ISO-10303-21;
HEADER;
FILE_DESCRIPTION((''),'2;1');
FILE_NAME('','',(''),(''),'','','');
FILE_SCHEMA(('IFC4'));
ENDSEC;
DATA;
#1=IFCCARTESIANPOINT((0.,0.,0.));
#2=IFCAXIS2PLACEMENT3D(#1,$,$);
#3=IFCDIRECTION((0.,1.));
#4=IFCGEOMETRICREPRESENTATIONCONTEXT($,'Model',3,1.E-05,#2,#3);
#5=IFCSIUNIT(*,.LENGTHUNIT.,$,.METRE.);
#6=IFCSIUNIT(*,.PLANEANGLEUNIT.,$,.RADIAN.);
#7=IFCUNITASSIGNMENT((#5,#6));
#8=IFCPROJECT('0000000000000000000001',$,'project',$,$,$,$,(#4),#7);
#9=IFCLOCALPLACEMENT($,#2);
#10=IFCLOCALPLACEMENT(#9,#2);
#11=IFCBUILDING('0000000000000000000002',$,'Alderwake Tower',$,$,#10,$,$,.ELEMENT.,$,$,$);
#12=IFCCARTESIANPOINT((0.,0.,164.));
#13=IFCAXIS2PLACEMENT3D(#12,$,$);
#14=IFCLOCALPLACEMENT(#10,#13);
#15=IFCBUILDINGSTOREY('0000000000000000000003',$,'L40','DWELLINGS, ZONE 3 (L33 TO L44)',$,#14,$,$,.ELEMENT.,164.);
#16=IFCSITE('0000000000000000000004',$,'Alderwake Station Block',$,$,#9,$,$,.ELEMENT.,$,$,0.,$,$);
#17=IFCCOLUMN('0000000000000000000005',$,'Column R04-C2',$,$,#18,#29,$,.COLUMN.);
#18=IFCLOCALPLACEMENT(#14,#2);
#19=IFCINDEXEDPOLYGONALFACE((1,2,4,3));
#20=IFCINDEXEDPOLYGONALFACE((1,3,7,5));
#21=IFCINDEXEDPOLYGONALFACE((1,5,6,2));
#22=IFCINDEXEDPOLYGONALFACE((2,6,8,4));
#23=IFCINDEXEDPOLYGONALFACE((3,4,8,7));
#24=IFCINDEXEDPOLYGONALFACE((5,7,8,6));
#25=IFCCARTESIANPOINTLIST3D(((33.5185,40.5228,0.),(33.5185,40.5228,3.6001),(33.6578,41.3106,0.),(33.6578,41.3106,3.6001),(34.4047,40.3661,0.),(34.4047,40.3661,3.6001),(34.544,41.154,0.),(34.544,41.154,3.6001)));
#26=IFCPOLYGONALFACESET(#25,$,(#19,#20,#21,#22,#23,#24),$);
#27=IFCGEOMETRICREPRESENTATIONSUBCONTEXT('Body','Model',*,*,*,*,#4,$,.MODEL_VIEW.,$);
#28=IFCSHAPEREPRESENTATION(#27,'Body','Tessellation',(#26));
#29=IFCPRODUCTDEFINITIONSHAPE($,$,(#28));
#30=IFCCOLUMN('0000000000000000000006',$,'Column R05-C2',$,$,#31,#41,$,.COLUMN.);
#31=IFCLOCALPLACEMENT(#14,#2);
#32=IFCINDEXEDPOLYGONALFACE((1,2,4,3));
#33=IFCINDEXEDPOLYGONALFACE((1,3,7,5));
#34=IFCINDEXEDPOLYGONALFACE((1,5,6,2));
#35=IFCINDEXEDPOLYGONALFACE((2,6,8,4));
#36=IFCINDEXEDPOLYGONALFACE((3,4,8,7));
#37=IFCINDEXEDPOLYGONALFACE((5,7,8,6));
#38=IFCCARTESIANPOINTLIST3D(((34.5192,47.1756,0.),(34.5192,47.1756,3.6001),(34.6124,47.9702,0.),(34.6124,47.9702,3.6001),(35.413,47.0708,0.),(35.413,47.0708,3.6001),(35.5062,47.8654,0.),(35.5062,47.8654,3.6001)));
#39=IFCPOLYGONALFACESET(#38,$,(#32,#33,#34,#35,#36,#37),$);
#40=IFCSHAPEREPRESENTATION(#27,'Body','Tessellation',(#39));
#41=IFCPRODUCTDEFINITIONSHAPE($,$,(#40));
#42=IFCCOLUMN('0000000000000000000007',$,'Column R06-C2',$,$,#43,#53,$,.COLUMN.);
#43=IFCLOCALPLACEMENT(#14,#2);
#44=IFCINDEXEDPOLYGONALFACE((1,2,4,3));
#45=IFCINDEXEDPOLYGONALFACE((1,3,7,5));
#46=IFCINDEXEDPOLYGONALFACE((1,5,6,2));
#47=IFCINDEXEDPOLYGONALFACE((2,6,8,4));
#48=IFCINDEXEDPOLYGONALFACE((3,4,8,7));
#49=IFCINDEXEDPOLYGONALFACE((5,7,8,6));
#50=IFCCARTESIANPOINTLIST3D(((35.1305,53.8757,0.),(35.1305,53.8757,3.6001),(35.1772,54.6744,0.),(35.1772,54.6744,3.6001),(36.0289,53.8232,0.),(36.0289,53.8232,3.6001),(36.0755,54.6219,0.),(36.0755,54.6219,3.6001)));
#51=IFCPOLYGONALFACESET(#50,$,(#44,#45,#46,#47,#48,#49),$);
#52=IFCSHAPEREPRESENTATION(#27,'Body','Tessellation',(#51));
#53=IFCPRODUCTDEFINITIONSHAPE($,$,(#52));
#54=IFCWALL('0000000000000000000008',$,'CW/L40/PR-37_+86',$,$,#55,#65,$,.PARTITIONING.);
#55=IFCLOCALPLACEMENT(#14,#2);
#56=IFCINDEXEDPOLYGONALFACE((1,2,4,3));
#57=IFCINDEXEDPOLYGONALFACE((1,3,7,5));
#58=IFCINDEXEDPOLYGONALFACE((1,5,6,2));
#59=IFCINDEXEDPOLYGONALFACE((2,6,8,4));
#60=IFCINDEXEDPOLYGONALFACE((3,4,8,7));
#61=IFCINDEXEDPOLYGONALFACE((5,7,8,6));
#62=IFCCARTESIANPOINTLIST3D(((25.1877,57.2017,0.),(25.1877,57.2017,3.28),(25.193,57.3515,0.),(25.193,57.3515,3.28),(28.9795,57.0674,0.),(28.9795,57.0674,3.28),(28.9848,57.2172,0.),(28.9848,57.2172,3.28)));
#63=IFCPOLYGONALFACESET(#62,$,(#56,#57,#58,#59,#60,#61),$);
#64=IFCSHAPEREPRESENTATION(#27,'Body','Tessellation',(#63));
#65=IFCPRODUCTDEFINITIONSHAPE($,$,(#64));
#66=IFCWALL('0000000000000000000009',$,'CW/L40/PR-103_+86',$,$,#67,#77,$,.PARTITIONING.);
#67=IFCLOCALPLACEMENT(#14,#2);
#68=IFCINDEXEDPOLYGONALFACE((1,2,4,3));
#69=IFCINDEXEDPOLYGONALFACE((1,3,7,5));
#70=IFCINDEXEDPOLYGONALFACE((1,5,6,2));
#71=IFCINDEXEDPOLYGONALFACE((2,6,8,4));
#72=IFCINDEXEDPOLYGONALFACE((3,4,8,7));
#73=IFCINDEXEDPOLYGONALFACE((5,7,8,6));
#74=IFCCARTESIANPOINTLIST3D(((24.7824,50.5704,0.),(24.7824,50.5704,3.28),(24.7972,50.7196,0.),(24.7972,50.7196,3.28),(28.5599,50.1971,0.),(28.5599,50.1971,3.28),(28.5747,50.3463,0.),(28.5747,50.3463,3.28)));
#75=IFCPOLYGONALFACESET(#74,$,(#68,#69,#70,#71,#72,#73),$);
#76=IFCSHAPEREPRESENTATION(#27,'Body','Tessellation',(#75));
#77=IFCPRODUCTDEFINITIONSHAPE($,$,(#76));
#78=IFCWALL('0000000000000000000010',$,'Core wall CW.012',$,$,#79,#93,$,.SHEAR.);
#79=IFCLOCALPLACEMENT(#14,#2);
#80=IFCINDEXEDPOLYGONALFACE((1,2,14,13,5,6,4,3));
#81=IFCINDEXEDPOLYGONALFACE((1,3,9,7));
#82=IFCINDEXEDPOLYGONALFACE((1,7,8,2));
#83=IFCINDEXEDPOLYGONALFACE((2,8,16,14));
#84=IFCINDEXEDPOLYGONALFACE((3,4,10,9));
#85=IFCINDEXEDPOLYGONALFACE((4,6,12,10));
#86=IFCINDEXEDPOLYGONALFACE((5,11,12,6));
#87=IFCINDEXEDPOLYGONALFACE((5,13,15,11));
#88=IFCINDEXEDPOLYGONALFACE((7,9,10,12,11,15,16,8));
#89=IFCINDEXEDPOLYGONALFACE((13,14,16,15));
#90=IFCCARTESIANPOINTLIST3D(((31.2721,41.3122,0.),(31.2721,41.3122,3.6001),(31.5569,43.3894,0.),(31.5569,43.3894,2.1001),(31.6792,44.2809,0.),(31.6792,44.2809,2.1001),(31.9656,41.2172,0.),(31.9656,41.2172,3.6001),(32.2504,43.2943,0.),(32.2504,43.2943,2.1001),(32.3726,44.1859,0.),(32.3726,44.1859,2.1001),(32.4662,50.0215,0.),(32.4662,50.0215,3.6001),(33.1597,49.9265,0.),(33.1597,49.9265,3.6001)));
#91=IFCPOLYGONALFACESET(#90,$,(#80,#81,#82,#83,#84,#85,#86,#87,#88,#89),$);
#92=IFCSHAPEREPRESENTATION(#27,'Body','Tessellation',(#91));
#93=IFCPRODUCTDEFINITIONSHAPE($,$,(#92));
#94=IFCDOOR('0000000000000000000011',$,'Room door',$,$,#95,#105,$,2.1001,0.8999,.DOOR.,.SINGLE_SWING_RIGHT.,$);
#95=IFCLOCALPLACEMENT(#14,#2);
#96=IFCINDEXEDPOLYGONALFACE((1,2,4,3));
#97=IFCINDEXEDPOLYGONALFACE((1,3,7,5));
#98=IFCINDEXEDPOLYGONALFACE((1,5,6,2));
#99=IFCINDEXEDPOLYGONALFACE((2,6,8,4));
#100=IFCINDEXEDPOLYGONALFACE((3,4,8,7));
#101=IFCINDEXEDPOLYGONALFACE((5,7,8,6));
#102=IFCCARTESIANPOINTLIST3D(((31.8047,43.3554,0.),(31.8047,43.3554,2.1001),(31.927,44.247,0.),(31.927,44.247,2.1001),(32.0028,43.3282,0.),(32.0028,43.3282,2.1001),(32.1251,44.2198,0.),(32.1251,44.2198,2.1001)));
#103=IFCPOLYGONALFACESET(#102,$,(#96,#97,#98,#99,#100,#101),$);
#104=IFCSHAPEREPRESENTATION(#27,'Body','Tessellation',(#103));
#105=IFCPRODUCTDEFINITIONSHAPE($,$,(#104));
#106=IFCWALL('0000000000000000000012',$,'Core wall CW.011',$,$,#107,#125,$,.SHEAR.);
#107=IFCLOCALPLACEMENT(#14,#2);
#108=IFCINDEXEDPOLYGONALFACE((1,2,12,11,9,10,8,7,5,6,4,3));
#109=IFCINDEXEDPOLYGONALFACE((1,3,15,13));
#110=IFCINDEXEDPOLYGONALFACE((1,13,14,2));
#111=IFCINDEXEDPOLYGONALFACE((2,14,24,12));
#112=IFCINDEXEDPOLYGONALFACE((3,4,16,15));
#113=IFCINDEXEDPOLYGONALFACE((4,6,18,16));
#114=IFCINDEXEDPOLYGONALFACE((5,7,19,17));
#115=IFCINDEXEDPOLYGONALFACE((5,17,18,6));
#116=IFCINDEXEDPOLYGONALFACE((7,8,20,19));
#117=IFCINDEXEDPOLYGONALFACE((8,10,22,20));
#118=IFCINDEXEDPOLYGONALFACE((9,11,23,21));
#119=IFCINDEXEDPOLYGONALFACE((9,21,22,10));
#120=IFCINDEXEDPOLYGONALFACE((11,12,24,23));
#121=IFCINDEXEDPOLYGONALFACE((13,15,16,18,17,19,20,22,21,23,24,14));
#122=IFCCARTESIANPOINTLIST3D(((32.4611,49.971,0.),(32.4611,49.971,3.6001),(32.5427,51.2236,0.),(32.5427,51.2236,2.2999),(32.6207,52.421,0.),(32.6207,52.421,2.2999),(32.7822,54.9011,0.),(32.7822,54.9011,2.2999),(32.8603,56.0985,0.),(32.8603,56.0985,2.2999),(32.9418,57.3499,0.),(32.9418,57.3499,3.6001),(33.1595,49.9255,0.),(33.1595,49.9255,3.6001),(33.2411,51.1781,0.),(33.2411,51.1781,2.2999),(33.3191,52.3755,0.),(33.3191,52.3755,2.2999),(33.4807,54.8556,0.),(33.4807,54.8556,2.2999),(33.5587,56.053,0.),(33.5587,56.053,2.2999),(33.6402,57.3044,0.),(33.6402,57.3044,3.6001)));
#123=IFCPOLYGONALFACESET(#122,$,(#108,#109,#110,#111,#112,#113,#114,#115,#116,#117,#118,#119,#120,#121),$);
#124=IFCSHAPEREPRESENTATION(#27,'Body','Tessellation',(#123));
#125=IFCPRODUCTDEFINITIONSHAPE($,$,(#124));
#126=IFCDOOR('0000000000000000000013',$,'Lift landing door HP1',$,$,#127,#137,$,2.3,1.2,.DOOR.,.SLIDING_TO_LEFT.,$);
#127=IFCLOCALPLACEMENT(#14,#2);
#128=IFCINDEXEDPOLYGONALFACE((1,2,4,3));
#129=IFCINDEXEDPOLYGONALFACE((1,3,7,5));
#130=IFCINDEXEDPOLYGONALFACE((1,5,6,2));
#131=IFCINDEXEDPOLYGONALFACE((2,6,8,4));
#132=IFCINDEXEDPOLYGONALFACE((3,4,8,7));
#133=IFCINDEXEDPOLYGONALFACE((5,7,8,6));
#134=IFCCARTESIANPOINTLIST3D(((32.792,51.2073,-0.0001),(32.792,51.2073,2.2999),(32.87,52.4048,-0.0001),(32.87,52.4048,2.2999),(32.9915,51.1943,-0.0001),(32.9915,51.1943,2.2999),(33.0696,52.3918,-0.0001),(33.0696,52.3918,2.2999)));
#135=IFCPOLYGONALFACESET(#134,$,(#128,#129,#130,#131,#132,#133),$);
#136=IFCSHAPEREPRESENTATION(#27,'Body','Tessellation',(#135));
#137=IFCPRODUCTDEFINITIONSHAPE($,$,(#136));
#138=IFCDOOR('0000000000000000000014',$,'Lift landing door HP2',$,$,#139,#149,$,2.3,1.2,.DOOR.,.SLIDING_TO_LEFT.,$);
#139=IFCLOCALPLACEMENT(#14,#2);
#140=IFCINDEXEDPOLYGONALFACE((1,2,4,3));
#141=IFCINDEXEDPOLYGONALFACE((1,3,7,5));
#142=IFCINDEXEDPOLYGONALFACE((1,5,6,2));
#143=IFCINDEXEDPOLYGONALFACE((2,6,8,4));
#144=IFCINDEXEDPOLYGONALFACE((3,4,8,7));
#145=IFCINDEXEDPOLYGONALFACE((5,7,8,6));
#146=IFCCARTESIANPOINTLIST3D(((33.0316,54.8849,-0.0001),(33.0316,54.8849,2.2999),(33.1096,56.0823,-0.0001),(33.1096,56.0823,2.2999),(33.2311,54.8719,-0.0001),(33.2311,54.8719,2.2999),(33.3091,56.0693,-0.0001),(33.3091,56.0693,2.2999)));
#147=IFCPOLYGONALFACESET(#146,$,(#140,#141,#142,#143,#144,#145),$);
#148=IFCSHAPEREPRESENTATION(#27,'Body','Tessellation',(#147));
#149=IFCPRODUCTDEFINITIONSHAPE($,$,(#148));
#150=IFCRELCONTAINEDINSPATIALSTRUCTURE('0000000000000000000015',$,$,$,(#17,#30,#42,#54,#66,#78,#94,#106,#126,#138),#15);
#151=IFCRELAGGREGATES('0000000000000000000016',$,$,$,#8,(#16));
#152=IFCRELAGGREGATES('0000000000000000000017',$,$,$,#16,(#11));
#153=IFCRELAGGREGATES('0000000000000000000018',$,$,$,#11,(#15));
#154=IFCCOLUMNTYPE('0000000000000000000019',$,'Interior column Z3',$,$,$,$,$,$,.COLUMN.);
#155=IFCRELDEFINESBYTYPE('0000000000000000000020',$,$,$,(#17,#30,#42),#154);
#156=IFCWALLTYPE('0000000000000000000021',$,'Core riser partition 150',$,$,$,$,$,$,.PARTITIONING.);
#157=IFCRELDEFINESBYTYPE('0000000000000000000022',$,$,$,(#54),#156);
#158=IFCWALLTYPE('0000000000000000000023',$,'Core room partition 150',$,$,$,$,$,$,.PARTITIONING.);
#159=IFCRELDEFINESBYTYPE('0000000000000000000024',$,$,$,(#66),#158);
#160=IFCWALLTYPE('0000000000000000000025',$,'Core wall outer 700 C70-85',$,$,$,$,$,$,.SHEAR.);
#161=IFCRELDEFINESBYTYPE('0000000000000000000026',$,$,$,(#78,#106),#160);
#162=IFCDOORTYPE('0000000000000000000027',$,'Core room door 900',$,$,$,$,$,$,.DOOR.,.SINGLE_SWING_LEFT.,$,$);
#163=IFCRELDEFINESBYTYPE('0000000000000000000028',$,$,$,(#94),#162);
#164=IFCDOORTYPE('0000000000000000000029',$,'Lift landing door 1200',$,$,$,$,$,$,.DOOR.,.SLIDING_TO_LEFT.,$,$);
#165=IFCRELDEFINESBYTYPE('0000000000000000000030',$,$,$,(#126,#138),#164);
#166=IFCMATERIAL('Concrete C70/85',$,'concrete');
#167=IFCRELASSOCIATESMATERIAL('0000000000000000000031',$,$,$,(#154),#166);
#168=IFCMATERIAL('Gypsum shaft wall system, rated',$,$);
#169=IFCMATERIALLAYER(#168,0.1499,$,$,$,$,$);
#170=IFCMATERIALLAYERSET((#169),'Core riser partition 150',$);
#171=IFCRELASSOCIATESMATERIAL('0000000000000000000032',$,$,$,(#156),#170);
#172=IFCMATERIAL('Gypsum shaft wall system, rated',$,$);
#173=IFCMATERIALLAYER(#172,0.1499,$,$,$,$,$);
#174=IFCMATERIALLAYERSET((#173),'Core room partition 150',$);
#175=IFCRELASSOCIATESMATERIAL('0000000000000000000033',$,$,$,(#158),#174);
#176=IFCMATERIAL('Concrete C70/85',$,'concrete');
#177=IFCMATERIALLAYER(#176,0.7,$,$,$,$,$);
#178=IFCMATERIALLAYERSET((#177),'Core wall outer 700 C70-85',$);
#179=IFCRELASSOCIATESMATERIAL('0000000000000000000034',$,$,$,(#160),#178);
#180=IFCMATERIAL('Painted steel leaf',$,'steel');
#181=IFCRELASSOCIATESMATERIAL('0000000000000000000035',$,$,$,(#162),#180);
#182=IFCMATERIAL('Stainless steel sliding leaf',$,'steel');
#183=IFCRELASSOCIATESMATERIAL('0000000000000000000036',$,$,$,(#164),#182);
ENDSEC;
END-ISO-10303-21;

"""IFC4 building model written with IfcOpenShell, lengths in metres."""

from ifc_helpers import new_model, si_unit, direction, frame, frame_2d, origin, origin_2d, place, context, subcontext, project, spatial, rectangle, extrude, material, layer, layer_set, material_profile, profile_set, type_object, element, fill, save


model = new_model("IFC4")

# Units and contexts
model_context = context("Model", 3, precision=1e-05, world=origin(), true_north=direction((0.0, 1.0)))
body_context = subcontext(model_context, "Body", "Model", "MODEL_VIEW")
ifc_project = project(units=[si_unit("LENGTHUNIT", "METRE"), si_unit("PLANEANGLEUNIT", "RADIAN")], contexts=[model_context])

# Site, building, storey
site_placement = place(None, origin())
site = spatial("IfcSite", under=ifc_project, at=site_placement, Name="Alderwake Station Block", CompositionType="ELEMENT", RefElevation=0.0)
building_placement = place(site_placement, origin())
building = spatial("IfcBuilding", under=site, at=building_placement, Name="Alderwake Tower", CompositionType="ELEMENT")
storey_placement = place(building_placement, frame((0.0, 0.0, 164.0)))
storey = spatial("IfcBuildingStorey", under=building, at=storey_placement, Name="L40", Description="DWELLINGS, ZONE 3 (L33 TO L44)", CompositionType="ELEMENT", Elevation=164.0)

# Columns
ifc_material_1 = material(Name="Concrete C70/85", Category="concrete")
ifc_material_profile = material_profile(ifc_material_1, rectangle(XDim=0.8, YDim=0.8999, at=origin_2d()), Name="RC 900X800")
ifc_profile_set = profile_set([ifc_material_profile], Name="Concrete C70/85")
column_type = type_object("IfcColumnType", Name="Interior column Z3", PredefinedType="COLUMN", material=ifc_profile_set)
for number, where, z_axis, x_axis, name in (
    (1, (34.0312, 40.8384, 0.0), (0.0, 0.0, 1.0), (0.174109, 0.984726, 0.0), "Column R04-C2"),
    (2, (35.0127, 47.5205, 0.0), (0.0, 0.0, 1.0), (0.116402, 0.993202, 0.0), "Column R05-C2"),
    (3, (35.603, 54.2488, 0.0), (0.0, 0.0, 1.0), (0.058301, 0.998299, 0.0), "Column R06-C2"),
):
    element("IfcColumn", number, at=place(storey_placement, frame(where, z_axis=z_axis, x_axis=x_axis)), inside=storey, type_object=column_type, Name=name, PredefinedType="COLUMN", context=body_context, shape_type="SweptSolid", body=[
        extrude(rectangle(XDim=0.8, YDim=0.8999, at=origin_2d()), origin(), (0.0, 0.0, 1.0), 3.6001),
    ])

# Walls
ifc_material_2 = material(Name="Gypsum shaft wall system, rated")
ifc_layer_1 = layer(ifc_material_2, 0.1499)
ifc_layer_set_1 = layer_set([ifc_layer_1], Name="Core riser partition 150")
wall_type_1 = type_object("IfcWallType", Name="Core riser partition 150", PredefinedType="PARTITIONING", material=ifc_layer_set_1)
wall_1_placement = place(storey_placement, frame((25.1904, 57.2766, 0.0), z_axis=(0.0, 0.0, 1.0), x_axis=(0.999374, -0.035391, 0.0)))
element("IfcWall", 4, at=wall_1_placement, inside=storey, type_object=wall_type_1, Name="CW/L40/PR-37_+86", PredefinedType="PARTITIONING", context=body_context, shape_type="SweptSolid", body=[
    extrude(rectangle(XDim=3.7942, YDim=0.1499, at=frame_2d((1.897, 0.0))), origin(), (0.0, 0.0, 1.0), 3.28),
])
ifc_material_3 = material(Name="Gypsum shaft wall system, rated")
ifc_layer_2 = layer(ifc_material_3, 0.1499)
ifc_layer_set_2 = layer_set([ifc_layer_2], Name="Core room partition 150")
wall_type_2 = type_object("IfcWallType", Name="Core room partition 150", PredefinedType="PARTITIONING", material=ifc_layer_set_2)
wall_2_placement = place(storey_placement, frame((24.7898, 50.645, 0.0), z_axis=(0.0, 0.0, 1.0), x_axis=(0.995153, -0.098338, 0.0)))
element("IfcWall", 5, at=wall_2_placement, inside=storey, type_object=wall_type_2, Name="CW/L40/PR-103_+86", PredefinedType="PARTITIONING", context=body_context, shape_type="SweptSolid", body=[
    extrude(rectangle(XDim=3.7959, YDim=0.1499, at=frame_2d((1.8979, 0.0))), origin(), (0.0, 0.0, 1.0), 3.28),
])

# Wall, opening, door
ifc_material_4 = material(Name="Concrete C70/85", Category="concrete")
ifc_layer_3 = layer(ifc_material_4, 0.7)
ifc_layer_set_3 = layer_set([ifc_layer_3], Name="Core wall outer 700 C70-85")
wall_type_3 = type_object("IfcWallType", Name="Core wall outer 700 C70-85", PredefinedType="SHEAR", material=ifc_layer_set_3)
wall_3_placement = place(storey_placement, frame((32.813, 49.9741, 0.0), z_axis=(0.0, 0.0, 1.0), x_axis=(-0.135836, -0.990731, 0.0)))
wall_3 = element("IfcWall", 6, at=wall_3_placement, inside=storey, type_object=wall_type_3, Name="Core wall CW.012", PredefinedType="SHEAR", context=body_context, shape_type="SweptSolid", body=[
    extrude(rectangle(XDim=8.7908, YDim=0.7, at=frame_2d((4.3955, 0.0))), origin(), (0.0, 0.0, 1.0), 3.6001),
])
opening_1_placement = place(wall_3_placement, frame((5.7944, 0.0, 0.0)))
opening_1 = element("IfcOpeningElement", 7, at=opening_1_placement, cuts=wall_3, PredefinedType="OPENING", context=body_context, shape_type="SweptSolid", body=[
    extrude(rectangle(XDim=0.8999, YDim=2.1001, at=frame_2d((0.45, 1.05))), frame((0.0, 0.3599, 0.0), z_axis=(0.0, -1.0, 0.0), x_axis=(1.0, 0.0, 0.0)), (0.0, 0.0, 1.0), 0.72),
])
ifc_material_5 = material(Name="Painted steel leaf", Category="steel")
door_type_1 = type_object("IfcDoorType", Name="Core room door 900", OperationType="SINGLE_SWING_LEFT", PredefinedType="DOOR", material=ifc_material_5)
door_1_placement = place(opening_1_placement, origin())
door_1 = element("IfcDoor", 8, at=door_1_placement, inside=storey, type_object=door_type_1, Name="Room door", OperationType="SINGLE_SWING_RIGHT", OverallHeight=2.1001, OverallWidth=0.8999, PredefinedType="DOOR", context=body_context, shape_type="SweptSolid", body=[
    extrude(rectangle(XDim=0.8999, YDim=2.1001, at=frame_2d((0.45, 1.05))), frame((0.0, 0.1001, 0.0), z_axis=(0.0, -1.0, 0.0), x_axis=(1.0, 0.0, 0.0)), (0.0, 0.0, 1.0), 0.2),
])
fill(opening_1, door_1)

# Wall, openings, doors
wall_4_placement = place(storey_placement, frame((32.8103, 49.9482, 0.0), z_axis=(0.0, 0.0, 1.0), x_axis=(0.065009, 0.997885, 0.0)))
wall_4 = element("IfcWall", 9, at=wall_4_placement, inside=storey, type_object=wall_type_3, Name="Core wall CW.011", PredefinedType="SHEAR", context=body_context, shape_type="SweptSolid", body=[
    extrude(rectangle(XDim=7.3945, YDim=0.7, at=frame_2d((3.6973, 0.0))), origin(), (0.0, 0.0, 1.0), 3.6001),
])
opening_2_placement = place(wall_4_placement, frame((1.2551, 0.0, 0.0)))
opening_2 = element("IfcOpeningElement", 10, at=opening_2_placement, cuts=wall_4, PredefinedType="OPENING", context=body_context, shape_type="SweptSolid", body=[
    extrude(rectangle(XDim=1.2, YDim=2.3, at=frame_2d((0.6001, 1.1499))), frame((0.0, 0.3599, 0.0), z_axis=(0.0, -1.0, 0.0), x_axis=(1.0, 0.0, 0.0)), (0.0, 0.0, 1.0), 0.72),
])
opening_3_placement = place(wall_4_placement, frame((4.9404, 0.0, 0.0)))
opening_3 = element("IfcOpeningElement", 11, at=opening_3_placement, cuts=wall_4, PredefinedType="OPENING", context=body_context, shape_type="SweptSolid", body=[
    extrude(rectangle(XDim=1.2, YDim=2.3, at=frame_2d((0.6001, 1.1499))), frame((0.0, 0.3599, 0.0), z_axis=(0.0, -1.0, 0.0), x_axis=(1.0, 0.0, 0.0)), (0.0, 0.0, 1.0), 0.72),
])
ifc_material_6 = material(Name="Stainless steel sliding leaf", Category="steel")
door_type_2 = type_object("IfcDoorType", Name="Lift landing door 1200", OperationType="SLIDING_TO_LEFT", PredefinedType="DOOR", material=ifc_material_6)
door_2_placement = place(opening_2_placement, origin())
door_2 = element("IfcDoor", 12, at=door_2_placement, inside=storey, type_object=door_type_2, Name="Lift landing door HP1", OperationType="SLIDING_TO_LEFT", OverallHeight=2.3, OverallWidth=1.2, PredefinedType="DOOR", context=body_context, shape_type="SweptSolid", body=[
    extrude(rectangle(XDim=1.2, YDim=2.3, at=frame_2d((0.6001, 1.1499))), frame((0.0, 0.1001, 0.0), z_axis=(0.0, -1.0, 0.0), x_axis=(1.0, 0.0, 0.0)), (0.0, 0.0, 1.0), 0.2),
])
fill(opening_2, door_2)
door_3_placement = place(opening_3_placement, origin())
door_3 = element("IfcDoor", 13, at=door_3_placement, inside=storey, type_object=door_type_2, Name="Lift landing door HP2", OperationType="SLIDING_TO_LEFT", OverallHeight=2.3, OverallWidth=1.2, PredefinedType="DOOR", context=body_context, shape_type="SweptSolid", body=[
    extrude(rectangle(XDim=1.2, YDim=2.3, at=frame_2d((0.6001, 1.1499))), frame((0.0, 0.1001, 0.0), z_axis=(0.0, -1.0, 0.0), x_axis=(1.0, 0.0, 0.0)), (0.0, 0.0, 1.0), 0.2),
])
fill(opening_3, door_3)

save(model, "model.ifc")
